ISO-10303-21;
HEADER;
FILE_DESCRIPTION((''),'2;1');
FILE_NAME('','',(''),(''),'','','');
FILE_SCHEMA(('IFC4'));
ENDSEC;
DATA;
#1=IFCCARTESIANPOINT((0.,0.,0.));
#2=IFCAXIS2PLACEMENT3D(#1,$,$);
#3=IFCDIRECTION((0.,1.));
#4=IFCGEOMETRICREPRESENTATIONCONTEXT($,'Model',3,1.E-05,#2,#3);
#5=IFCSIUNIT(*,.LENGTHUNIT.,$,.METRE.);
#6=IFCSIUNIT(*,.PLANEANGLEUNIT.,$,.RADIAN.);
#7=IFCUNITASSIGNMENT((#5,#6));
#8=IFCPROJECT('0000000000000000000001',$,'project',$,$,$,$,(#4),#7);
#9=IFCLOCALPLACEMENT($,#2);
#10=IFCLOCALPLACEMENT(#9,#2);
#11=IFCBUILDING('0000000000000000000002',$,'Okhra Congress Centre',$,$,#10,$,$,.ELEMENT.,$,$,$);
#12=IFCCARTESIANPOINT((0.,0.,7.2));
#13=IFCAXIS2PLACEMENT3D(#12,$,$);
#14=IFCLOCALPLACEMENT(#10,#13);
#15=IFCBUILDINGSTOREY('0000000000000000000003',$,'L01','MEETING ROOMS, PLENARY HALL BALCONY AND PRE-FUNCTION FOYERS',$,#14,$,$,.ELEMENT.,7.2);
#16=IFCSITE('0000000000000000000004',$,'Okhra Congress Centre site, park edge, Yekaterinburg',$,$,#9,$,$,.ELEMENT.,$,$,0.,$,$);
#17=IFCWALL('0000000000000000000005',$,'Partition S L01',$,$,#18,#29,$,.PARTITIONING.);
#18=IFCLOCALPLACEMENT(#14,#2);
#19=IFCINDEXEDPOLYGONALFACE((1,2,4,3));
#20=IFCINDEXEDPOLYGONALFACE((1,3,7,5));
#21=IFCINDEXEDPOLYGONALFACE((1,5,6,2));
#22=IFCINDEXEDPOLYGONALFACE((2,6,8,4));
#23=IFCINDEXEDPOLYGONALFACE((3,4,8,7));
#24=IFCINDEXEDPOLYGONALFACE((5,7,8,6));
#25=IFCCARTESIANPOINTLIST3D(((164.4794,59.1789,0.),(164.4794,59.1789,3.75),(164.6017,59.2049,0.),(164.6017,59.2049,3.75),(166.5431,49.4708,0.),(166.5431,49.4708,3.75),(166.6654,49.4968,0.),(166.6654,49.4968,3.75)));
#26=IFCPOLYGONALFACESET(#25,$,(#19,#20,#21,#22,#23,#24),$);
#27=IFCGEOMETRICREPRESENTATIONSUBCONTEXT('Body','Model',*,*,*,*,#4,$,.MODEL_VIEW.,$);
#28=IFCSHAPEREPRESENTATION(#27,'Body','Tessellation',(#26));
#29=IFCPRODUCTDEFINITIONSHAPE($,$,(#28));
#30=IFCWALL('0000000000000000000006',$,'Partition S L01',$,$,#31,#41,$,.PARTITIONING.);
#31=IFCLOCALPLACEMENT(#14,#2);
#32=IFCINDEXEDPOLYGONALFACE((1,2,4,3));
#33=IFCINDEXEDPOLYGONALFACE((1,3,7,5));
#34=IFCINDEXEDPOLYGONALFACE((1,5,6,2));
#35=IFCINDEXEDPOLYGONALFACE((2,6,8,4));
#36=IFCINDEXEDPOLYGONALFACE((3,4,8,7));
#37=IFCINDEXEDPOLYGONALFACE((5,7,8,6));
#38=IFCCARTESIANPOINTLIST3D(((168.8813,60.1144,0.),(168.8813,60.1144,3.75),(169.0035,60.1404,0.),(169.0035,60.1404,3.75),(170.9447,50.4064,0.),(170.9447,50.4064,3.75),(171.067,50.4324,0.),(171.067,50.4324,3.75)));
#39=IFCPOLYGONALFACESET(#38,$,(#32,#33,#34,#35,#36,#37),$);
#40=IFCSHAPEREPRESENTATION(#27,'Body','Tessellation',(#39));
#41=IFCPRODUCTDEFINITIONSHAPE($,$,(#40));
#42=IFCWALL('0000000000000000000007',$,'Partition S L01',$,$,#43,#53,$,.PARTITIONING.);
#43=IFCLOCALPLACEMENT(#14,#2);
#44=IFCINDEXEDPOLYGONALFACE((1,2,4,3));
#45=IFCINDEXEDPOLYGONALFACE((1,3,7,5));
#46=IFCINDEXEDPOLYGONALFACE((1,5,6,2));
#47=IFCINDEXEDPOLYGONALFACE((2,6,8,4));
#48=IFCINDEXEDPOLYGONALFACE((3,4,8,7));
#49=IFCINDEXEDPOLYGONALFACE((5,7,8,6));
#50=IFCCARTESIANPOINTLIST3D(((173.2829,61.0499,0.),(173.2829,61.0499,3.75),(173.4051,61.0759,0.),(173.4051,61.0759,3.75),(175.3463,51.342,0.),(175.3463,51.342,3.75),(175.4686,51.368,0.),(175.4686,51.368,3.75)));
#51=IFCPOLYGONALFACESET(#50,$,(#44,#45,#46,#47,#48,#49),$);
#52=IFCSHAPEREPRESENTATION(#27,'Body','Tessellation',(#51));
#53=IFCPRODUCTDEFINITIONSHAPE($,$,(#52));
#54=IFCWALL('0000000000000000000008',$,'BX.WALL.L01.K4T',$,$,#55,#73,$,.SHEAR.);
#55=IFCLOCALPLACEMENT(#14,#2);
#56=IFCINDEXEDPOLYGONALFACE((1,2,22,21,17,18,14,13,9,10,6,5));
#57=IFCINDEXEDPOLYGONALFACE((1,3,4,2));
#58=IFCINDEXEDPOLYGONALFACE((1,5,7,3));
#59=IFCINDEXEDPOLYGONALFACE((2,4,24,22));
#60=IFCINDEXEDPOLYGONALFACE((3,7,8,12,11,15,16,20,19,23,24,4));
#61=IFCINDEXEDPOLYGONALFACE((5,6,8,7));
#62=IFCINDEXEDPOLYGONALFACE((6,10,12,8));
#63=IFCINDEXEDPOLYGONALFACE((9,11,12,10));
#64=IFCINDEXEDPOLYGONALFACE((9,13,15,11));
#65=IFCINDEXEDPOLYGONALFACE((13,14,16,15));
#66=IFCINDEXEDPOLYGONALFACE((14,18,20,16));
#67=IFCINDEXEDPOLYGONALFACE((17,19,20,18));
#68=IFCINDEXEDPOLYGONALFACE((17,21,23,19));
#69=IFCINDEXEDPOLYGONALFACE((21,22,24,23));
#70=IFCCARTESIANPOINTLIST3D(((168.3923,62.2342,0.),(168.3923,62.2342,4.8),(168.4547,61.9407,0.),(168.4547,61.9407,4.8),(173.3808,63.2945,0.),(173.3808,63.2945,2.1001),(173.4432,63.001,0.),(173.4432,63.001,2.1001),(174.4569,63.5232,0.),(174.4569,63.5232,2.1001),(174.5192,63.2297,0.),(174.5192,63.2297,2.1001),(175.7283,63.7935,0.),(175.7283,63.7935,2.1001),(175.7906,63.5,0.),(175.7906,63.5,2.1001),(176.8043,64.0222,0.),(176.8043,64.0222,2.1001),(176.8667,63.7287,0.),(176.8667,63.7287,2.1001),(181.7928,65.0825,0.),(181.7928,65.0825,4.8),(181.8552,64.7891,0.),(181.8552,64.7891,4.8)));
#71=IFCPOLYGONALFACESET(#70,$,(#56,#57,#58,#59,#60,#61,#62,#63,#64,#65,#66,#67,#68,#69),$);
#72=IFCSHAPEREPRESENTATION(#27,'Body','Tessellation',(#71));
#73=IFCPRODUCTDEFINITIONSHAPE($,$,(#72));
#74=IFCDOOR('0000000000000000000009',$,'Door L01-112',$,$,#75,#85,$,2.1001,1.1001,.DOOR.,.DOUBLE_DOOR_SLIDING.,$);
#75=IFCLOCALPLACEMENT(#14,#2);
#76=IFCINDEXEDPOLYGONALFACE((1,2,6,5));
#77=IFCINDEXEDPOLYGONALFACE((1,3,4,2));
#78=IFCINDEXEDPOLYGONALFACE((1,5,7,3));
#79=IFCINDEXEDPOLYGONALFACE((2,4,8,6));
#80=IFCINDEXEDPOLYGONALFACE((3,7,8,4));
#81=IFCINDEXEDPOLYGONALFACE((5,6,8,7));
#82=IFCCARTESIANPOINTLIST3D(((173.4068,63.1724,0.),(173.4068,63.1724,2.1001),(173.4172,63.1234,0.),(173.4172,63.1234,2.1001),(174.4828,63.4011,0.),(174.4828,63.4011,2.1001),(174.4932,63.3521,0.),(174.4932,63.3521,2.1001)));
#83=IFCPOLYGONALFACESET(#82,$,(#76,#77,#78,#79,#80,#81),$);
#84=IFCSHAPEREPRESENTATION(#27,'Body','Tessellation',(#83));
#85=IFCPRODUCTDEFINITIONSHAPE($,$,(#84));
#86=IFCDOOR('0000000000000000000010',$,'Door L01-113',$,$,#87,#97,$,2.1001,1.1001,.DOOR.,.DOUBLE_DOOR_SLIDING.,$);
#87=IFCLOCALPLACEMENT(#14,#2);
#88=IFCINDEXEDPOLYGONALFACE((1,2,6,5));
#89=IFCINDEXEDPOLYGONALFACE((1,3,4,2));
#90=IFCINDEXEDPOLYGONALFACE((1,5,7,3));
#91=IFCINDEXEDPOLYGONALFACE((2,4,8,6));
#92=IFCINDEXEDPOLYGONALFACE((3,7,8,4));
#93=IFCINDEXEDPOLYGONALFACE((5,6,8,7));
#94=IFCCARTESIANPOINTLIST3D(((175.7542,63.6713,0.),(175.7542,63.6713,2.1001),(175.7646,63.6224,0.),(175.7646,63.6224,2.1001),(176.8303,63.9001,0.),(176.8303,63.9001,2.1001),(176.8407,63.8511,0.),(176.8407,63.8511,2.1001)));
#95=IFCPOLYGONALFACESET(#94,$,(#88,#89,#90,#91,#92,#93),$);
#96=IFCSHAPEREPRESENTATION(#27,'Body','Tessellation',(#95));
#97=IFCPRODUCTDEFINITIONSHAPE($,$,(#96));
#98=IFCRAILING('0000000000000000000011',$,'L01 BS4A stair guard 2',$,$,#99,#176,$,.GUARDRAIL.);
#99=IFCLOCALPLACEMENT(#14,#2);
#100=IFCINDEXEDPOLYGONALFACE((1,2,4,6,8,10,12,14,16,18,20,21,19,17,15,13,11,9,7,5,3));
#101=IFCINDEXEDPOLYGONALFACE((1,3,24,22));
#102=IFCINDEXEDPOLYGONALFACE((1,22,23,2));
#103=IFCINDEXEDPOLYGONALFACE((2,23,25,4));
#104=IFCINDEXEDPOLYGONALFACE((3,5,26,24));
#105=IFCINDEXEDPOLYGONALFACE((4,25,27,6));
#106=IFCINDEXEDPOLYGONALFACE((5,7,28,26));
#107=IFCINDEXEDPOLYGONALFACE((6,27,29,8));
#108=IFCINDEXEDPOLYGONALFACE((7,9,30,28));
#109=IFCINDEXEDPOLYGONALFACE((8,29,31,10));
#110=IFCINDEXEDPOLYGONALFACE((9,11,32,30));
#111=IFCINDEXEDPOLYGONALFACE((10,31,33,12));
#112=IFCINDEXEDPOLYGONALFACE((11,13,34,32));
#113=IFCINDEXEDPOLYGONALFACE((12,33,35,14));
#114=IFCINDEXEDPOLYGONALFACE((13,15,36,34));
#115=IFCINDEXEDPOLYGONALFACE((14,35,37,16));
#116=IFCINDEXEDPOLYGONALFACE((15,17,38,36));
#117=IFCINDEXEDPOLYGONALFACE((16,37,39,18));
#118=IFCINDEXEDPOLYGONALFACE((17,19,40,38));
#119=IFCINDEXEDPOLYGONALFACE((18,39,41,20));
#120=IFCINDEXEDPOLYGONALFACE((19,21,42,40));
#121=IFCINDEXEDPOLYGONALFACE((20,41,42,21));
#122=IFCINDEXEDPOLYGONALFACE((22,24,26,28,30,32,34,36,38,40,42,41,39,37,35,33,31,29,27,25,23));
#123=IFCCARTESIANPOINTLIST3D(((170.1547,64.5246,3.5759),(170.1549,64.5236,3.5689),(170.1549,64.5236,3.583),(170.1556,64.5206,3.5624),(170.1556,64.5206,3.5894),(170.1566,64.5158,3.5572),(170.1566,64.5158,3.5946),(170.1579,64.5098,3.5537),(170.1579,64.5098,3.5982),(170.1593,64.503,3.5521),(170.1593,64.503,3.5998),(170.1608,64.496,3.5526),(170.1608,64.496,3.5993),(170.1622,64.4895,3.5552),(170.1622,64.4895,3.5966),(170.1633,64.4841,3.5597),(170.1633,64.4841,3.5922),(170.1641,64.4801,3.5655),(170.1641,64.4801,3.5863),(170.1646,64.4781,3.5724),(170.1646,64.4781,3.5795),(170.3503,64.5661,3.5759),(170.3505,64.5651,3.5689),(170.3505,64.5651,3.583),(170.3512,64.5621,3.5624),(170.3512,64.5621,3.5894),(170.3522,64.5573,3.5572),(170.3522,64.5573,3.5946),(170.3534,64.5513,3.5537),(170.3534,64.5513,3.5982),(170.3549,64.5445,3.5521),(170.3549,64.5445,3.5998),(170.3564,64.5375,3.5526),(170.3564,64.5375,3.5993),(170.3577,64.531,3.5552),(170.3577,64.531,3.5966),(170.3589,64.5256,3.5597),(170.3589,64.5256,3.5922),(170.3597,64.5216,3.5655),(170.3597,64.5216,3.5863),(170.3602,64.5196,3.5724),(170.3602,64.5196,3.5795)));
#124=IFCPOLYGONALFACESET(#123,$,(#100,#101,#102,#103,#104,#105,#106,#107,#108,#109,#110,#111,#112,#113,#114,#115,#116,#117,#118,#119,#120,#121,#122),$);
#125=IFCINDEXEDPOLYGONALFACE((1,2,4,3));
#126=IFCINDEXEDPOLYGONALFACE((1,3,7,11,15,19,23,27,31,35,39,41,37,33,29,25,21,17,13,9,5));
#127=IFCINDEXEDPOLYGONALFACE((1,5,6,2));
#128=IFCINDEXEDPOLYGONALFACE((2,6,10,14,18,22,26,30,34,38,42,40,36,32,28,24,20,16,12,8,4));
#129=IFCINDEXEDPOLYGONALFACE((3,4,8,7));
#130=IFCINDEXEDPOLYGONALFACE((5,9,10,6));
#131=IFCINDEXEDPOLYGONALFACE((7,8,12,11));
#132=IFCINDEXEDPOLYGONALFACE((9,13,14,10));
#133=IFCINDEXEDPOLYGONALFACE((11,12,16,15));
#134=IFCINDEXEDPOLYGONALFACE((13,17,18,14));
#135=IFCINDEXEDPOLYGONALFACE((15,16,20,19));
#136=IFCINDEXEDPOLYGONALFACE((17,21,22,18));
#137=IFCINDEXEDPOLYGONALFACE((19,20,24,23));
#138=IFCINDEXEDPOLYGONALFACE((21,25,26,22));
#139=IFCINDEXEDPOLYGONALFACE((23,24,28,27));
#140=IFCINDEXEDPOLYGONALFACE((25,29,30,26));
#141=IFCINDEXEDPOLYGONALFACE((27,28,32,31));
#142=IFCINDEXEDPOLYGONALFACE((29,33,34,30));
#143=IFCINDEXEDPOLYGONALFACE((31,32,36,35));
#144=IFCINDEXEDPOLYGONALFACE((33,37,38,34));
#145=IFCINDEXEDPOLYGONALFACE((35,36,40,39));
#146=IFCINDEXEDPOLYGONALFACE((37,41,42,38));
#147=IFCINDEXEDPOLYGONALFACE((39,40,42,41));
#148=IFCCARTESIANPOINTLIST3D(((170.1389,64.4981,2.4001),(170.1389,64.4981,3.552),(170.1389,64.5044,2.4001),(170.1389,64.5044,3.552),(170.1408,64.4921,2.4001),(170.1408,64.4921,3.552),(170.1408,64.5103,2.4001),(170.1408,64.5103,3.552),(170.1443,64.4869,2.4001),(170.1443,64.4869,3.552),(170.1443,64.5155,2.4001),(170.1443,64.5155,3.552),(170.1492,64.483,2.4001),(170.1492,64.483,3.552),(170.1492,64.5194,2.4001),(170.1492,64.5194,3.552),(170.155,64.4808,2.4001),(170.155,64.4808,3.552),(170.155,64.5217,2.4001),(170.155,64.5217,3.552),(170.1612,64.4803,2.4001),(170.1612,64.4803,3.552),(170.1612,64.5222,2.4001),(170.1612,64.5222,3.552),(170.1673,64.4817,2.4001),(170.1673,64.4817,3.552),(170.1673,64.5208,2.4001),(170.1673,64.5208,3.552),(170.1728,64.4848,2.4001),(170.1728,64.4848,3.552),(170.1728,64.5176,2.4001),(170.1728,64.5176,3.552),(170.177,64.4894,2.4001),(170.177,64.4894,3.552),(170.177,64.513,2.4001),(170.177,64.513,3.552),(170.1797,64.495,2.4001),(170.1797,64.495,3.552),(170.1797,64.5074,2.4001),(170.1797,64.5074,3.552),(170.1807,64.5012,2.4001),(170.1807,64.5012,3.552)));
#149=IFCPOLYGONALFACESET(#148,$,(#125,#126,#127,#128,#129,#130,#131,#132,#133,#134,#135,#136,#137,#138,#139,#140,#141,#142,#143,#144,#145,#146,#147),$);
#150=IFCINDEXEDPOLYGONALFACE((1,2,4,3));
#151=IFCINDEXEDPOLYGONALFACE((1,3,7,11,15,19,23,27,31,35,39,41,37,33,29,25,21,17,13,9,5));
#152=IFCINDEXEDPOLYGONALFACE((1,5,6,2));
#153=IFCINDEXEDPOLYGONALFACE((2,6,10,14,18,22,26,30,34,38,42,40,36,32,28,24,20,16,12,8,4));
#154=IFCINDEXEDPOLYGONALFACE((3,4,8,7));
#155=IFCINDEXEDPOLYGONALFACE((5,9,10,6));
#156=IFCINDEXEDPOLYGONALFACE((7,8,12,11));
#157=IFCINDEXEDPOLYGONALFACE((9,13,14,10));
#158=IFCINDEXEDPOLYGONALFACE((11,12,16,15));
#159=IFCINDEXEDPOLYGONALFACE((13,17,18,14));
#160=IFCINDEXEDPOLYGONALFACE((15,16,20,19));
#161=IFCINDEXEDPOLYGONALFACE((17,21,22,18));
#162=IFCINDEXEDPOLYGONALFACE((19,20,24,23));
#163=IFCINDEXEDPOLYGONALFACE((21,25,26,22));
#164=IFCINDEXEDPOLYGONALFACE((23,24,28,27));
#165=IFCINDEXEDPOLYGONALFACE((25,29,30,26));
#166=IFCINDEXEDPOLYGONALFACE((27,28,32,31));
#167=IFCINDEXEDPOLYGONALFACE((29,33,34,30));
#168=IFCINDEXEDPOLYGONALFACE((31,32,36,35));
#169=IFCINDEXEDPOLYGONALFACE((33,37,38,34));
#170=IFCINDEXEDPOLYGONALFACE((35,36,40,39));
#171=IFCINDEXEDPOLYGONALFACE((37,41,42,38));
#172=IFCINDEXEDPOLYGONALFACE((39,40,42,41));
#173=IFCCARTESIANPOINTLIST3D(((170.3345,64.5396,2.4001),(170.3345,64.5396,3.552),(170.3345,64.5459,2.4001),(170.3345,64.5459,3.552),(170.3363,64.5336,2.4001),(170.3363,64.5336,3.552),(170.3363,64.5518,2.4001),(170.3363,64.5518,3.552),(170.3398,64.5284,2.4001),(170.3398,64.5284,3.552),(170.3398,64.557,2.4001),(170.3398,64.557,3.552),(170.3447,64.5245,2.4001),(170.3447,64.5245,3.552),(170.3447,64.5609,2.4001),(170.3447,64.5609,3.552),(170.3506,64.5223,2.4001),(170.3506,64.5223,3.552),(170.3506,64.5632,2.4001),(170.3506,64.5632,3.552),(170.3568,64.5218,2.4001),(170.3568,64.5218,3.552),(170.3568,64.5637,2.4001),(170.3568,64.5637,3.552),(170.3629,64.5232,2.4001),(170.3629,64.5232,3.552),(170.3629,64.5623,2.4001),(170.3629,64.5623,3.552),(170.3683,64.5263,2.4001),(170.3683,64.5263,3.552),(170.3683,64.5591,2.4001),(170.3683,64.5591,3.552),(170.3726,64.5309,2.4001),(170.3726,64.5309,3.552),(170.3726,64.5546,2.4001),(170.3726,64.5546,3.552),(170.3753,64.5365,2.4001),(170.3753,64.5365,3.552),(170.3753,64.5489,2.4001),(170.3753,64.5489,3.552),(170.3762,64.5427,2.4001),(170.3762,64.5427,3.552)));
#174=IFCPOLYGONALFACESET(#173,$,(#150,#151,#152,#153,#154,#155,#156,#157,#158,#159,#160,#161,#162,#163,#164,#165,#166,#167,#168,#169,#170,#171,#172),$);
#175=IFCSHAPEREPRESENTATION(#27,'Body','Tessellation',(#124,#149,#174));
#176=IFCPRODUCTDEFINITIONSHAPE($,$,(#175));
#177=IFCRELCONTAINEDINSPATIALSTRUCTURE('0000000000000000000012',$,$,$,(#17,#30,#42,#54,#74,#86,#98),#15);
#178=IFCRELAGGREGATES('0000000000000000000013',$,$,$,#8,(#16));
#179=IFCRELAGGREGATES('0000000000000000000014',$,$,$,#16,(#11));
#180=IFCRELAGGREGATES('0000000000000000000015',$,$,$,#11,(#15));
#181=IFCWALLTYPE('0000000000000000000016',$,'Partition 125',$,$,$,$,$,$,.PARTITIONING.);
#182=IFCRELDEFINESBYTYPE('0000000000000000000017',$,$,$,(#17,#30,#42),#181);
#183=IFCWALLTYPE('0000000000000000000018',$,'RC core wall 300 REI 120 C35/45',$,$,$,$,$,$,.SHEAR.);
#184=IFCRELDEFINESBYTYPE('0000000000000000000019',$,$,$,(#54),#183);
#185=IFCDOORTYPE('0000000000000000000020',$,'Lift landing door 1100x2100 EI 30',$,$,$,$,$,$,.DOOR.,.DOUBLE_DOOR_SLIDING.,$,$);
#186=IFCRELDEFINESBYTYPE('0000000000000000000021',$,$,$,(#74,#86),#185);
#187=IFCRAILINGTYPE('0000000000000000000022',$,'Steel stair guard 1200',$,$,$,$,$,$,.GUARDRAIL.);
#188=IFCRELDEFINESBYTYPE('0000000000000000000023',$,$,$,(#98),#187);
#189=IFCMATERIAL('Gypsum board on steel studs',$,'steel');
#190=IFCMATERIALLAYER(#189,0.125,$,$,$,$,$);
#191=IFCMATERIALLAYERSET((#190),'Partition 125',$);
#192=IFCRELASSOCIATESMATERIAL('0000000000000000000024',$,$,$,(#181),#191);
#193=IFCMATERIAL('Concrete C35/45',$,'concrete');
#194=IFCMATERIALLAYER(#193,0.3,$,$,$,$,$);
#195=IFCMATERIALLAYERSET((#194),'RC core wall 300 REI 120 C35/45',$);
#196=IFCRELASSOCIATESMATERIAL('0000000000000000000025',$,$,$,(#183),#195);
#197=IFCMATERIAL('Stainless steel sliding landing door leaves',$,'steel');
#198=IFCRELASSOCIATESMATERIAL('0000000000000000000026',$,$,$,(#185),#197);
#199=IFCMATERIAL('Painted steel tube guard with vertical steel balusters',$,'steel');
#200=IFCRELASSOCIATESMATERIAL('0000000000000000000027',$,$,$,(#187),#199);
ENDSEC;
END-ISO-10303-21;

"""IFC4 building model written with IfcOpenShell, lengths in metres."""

from ifc_helpers import new_model, si_unit, direction, frame, frame_2d, origin, origin_2d, place, context, subcontext, project, spatial, rectangle, circle, extrude, material, layer, layer_set, type_object, element, fill, save


model = new_model("IFC4")

# Units and contexts
model_context = context("Model", 3, precision=1e-05, world=origin(), true_north=direction((0.0, 1.0)))
body_context = subcontext(model_context, "Body", "Model", "MODEL_VIEW")
ifc_project = project(units=[si_unit("LENGTHUNIT", "METRE"), si_unit("PLANEANGLEUNIT", "RADIAN")], contexts=[model_context])

# Site, building, storey
site_placement = place(None, origin())
site = spatial("IfcSite", under=ifc_project, at=site_placement, Name="Okhra Congress Centre site, park edge, Yekaterinburg", CompositionType="ELEMENT", RefElevation=0.0)
building_placement = place(site_placement, origin())
building = spatial("IfcBuilding", under=site, at=building_placement, Name="Okhra Congress Centre", CompositionType="ELEMENT")
storey_placement = place(building_placement, frame((0.0, 0.0, 7.2)))
storey = spatial("IfcBuildingStorey", under=building, at=storey_placement, Name="L01", Description="MEETING ROOMS, PLENARY HALL BALCONY AND PRE-FUNCTION FOYERS", CompositionType="ELEMENT", Elevation=7.2)

# Walls
ifc_material_1 = material(Name="Gypsum board on steel studs", Category="steel")
ifc_layer_1 = layer(ifc_material_1, 0.125)
ifc_layer_set_1 = layer_set([ifc_layer_1], Name="Partition 125")
wall_type_1 = type_object("IfcWallType", Name="Partition 125", PredefinedType="PARTITIONING", material=ifc_layer_set_1)
wall_1_placement = place(storey_placement, frame((166.6042, 49.4839, 0.0), z_axis=(0.0, 0.0, 1.0), x_axis=(-0.207933, 0.978143, 0.0)))
element("IfcWall", 1, at=wall_1_placement, inside=storey, type_object=wall_type_1, Name="Partition S L01", PredefinedType="PARTITIONING", context=body_context, shape_type="SweptSolid", body=[
    extrude(rectangle(XDim=9.925, YDim=0.125, at=frame_2d((4.9624, 0.0))), origin(), (0.0, 0.0, 1.0), 3.75),
])
for number, where, z_axis, x_axis, name in (
    (2, (171.0059, 50.4194, 0.0), (0.0, 0.0, 1.0), (-0.207909, 0.978148, 0.0), "Partition S L01"),
    (3, (175.4075, 51.355, 0.0), (0.0, 0.0, 1.0), (-0.207909, 0.978148, 0.0), "Partition S L01"),
):
    element("IfcWall", number, at=place(storey_placement, frame(where, z_axis=z_axis, x_axis=x_axis)), inside=storey, type_object=wall_type_1, Name=name, PredefinedType="PARTITIONING", context=body_context, shape_type="SweptSolid", body=[
        extrude(rectangle(XDim=9.9248, YDim=0.125, at=frame_2d((4.9624, 0.0))), origin(), (0.0, 0.0, 1.0), 3.75),
    ])

# Wall, openings, doors
ifc_material_2 = material(Name="Concrete C35/45", Category="concrete")
ifc_layer_2 = layer(ifc_material_2, 0.3)
ifc_layer_set_2 = layer_set([ifc_layer_2], Name="RC core wall 300 REI 120 C35/45")
wall_type_2 = type_object("IfcWallType", Name="RC core wall 300 REI 120 C35/45", PredefinedType="SHEAR", material=ifc_layer_set_2)
wall_2_placement = place(storey_placement, frame((168.4233, 62.0874, 0.0), z_axis=(0.0, 0.0, 1.0), x_axis=(0.978148, 0.207911, 0.0)))
wall_2 = element("IfcWall", 4, at=wall_2_placement, inside=storey, type_object=wall_type_2, Name="BX.WALL.L01.K4T", PredefinedType="SHEAR", context=body_context, shape_type="SweptSolid", body=[
    extrude(rectangle(XDim=13.7, YDim=0.3, at=frame_2d((6.8501, 0.0))), origin(), (0.0, 0.0, 1.0), 4.8),
])
opening_1_placement = place(wall_2_placement, frame((5.1001, 0.0, 0.0)))
opening_1 = element("IfcOpeningElement", 5, at=opening_1_placement, cuts=wall_2, PredefinedType="OPENING", context=body_context, shape_type="SweptSolid", body=[
    extrude(rectangle(XDim=1.1001, YDim=2.1001, at=frame_2d((0.55, 1.05))), frame((0.0, 0.1599, 0.0), z_axis=(0.0, -1.0, 0.0), x_axis=(1.0, 0.0, 0.0)), (0.0, 0.0, 1.0), 0.3201),
])
opening_2_placement = place(wall_2_placement, frame((7.5, 0.0, 0.0)))
opening_2 = element("IfcOpeningElement", 6, at=opening_2_placement, cuts=wall_2, PredefinedType="OPENING", context=body_context, shape_type="SweptSolid", body=[
    extrude(rectangle(XDim=1.1001, YDim=2.1001, at=frame_2d((0.55, 1.05))), frame((0.0, 0.1599, 0.0), z_axis=(0.0, -1.0, 0.0), x_axis=(1.0, 0.0, 0.0)), (0.0, 0.0, 1.0), 0.3201),
])
ifc_material_3 = material(Name="Stainless steel sliding landing door leaves", Category="steel")
door_type = type_object("IfcDoorType", Name="Lift landing door 1100x2100 EI 30", OperationType="DOUBLE_DOOR_SLIDING", PredefinedType="DOOR", material=ifc_material_3)
door_1_placement = place(opening_1_placement, frame((1.1001, 0.0, 0.0), z_axis=(0.0, 0.0, 1.0), x_axis=(-1.0, 0.0, 0.0)))
door_1 = element("IfcDoor", 7, at=door_1_placement, inside=storey, type_object=door_type, Name="Door L01-112", OperationType="DOUBLE_DOOR_SLIDING", OverallHeight=2.1001, OverallWidth=1.1001, PredefinedType="DOOR", context=body_context, shape_type="SweptSolid", body=[
    extrude(rectangle(XDim=1.1001, YDim=2.1001, at=frame_2d((0.55, 1.05))), frame((0.0, 0.0249, 0.0), z_axis=(0.0, -1.0, 0.0), x_axis=(1.0, 0.0, 0.0)), (0.0, 0.0, 1.0), 0.05),
])
fill(opening_1, door_1)
door_2_placement = place(opening_2_placement, frame((1.1001, 0.0, 0.0), z_axis=(0.0, 0.0, 1.0), x_axis=(-1.0, 0.0, 0.0)))
door_2 = element("IfcDoor", 8, at=door_2_placement, inside=storey, type_object=door_type, Name="Door L01-113", OperationType="DOUBLE_DOOR_SLIDING", OverallHeight=2.1001, OverallWidth=1.1001, PredefinedType="DOOR", context=body_context, shape_type="SweptSolid", body=[
    extrude(rectangle(XDim=1.1001, YDim=2.1001, at=frame_2d((0.55, 1.05))), frame((0.0, 0.0249, 0.0), z_axis=(0.0, -1.0, 0.0), x_axis=(1.0, 0.0, 0.0)), (0.0, 0.0, 1.0), 0.05),
])
fill(opening_2, door_2)

# Railing
ifc_material_4 = material(Name="Painted steel tube guard with vertical steel balusters", Category="steel")
railing_type = type_object("IfcRailingType", Name="Steel stair guard 1200", PredefinedType="GUARDRAIL", material=ifc_material_4)
railing_1_placement = place(storey_placement, frame((170.1597, 64.5012, 2.4001)))
element("IfcRailing", 9, at=railing_1_placement, inside=storey, type_object=railing_type, Name="L01 BS4A stair guard 2", PredefinedType="GUARDRAIL", context=body_context, shape_type="SweptSolid", body=[
    extrude(circle(Radius=0.0239, at=origin_2d()), frame((0.0, 0.0, 1.1758), z_axis=(0.978212, 0.20761, 0.0), x_axis=(-0.20761, 0.978212, 0.0)), (0.0, 0.0, 1.0), 0.2),
    extrude(circle(Radius=0.021, at=origin_2d()), origin(), (0.0, 0.0, 1.0), 1.1519),
    extrude(circle(Radius=0.021, at=origin_2d()), frame((0.1956, 0.0415, 0.0)), (0.0, 0.0, 1.0), 1.1519),
])

save(model, "model.ifc")
